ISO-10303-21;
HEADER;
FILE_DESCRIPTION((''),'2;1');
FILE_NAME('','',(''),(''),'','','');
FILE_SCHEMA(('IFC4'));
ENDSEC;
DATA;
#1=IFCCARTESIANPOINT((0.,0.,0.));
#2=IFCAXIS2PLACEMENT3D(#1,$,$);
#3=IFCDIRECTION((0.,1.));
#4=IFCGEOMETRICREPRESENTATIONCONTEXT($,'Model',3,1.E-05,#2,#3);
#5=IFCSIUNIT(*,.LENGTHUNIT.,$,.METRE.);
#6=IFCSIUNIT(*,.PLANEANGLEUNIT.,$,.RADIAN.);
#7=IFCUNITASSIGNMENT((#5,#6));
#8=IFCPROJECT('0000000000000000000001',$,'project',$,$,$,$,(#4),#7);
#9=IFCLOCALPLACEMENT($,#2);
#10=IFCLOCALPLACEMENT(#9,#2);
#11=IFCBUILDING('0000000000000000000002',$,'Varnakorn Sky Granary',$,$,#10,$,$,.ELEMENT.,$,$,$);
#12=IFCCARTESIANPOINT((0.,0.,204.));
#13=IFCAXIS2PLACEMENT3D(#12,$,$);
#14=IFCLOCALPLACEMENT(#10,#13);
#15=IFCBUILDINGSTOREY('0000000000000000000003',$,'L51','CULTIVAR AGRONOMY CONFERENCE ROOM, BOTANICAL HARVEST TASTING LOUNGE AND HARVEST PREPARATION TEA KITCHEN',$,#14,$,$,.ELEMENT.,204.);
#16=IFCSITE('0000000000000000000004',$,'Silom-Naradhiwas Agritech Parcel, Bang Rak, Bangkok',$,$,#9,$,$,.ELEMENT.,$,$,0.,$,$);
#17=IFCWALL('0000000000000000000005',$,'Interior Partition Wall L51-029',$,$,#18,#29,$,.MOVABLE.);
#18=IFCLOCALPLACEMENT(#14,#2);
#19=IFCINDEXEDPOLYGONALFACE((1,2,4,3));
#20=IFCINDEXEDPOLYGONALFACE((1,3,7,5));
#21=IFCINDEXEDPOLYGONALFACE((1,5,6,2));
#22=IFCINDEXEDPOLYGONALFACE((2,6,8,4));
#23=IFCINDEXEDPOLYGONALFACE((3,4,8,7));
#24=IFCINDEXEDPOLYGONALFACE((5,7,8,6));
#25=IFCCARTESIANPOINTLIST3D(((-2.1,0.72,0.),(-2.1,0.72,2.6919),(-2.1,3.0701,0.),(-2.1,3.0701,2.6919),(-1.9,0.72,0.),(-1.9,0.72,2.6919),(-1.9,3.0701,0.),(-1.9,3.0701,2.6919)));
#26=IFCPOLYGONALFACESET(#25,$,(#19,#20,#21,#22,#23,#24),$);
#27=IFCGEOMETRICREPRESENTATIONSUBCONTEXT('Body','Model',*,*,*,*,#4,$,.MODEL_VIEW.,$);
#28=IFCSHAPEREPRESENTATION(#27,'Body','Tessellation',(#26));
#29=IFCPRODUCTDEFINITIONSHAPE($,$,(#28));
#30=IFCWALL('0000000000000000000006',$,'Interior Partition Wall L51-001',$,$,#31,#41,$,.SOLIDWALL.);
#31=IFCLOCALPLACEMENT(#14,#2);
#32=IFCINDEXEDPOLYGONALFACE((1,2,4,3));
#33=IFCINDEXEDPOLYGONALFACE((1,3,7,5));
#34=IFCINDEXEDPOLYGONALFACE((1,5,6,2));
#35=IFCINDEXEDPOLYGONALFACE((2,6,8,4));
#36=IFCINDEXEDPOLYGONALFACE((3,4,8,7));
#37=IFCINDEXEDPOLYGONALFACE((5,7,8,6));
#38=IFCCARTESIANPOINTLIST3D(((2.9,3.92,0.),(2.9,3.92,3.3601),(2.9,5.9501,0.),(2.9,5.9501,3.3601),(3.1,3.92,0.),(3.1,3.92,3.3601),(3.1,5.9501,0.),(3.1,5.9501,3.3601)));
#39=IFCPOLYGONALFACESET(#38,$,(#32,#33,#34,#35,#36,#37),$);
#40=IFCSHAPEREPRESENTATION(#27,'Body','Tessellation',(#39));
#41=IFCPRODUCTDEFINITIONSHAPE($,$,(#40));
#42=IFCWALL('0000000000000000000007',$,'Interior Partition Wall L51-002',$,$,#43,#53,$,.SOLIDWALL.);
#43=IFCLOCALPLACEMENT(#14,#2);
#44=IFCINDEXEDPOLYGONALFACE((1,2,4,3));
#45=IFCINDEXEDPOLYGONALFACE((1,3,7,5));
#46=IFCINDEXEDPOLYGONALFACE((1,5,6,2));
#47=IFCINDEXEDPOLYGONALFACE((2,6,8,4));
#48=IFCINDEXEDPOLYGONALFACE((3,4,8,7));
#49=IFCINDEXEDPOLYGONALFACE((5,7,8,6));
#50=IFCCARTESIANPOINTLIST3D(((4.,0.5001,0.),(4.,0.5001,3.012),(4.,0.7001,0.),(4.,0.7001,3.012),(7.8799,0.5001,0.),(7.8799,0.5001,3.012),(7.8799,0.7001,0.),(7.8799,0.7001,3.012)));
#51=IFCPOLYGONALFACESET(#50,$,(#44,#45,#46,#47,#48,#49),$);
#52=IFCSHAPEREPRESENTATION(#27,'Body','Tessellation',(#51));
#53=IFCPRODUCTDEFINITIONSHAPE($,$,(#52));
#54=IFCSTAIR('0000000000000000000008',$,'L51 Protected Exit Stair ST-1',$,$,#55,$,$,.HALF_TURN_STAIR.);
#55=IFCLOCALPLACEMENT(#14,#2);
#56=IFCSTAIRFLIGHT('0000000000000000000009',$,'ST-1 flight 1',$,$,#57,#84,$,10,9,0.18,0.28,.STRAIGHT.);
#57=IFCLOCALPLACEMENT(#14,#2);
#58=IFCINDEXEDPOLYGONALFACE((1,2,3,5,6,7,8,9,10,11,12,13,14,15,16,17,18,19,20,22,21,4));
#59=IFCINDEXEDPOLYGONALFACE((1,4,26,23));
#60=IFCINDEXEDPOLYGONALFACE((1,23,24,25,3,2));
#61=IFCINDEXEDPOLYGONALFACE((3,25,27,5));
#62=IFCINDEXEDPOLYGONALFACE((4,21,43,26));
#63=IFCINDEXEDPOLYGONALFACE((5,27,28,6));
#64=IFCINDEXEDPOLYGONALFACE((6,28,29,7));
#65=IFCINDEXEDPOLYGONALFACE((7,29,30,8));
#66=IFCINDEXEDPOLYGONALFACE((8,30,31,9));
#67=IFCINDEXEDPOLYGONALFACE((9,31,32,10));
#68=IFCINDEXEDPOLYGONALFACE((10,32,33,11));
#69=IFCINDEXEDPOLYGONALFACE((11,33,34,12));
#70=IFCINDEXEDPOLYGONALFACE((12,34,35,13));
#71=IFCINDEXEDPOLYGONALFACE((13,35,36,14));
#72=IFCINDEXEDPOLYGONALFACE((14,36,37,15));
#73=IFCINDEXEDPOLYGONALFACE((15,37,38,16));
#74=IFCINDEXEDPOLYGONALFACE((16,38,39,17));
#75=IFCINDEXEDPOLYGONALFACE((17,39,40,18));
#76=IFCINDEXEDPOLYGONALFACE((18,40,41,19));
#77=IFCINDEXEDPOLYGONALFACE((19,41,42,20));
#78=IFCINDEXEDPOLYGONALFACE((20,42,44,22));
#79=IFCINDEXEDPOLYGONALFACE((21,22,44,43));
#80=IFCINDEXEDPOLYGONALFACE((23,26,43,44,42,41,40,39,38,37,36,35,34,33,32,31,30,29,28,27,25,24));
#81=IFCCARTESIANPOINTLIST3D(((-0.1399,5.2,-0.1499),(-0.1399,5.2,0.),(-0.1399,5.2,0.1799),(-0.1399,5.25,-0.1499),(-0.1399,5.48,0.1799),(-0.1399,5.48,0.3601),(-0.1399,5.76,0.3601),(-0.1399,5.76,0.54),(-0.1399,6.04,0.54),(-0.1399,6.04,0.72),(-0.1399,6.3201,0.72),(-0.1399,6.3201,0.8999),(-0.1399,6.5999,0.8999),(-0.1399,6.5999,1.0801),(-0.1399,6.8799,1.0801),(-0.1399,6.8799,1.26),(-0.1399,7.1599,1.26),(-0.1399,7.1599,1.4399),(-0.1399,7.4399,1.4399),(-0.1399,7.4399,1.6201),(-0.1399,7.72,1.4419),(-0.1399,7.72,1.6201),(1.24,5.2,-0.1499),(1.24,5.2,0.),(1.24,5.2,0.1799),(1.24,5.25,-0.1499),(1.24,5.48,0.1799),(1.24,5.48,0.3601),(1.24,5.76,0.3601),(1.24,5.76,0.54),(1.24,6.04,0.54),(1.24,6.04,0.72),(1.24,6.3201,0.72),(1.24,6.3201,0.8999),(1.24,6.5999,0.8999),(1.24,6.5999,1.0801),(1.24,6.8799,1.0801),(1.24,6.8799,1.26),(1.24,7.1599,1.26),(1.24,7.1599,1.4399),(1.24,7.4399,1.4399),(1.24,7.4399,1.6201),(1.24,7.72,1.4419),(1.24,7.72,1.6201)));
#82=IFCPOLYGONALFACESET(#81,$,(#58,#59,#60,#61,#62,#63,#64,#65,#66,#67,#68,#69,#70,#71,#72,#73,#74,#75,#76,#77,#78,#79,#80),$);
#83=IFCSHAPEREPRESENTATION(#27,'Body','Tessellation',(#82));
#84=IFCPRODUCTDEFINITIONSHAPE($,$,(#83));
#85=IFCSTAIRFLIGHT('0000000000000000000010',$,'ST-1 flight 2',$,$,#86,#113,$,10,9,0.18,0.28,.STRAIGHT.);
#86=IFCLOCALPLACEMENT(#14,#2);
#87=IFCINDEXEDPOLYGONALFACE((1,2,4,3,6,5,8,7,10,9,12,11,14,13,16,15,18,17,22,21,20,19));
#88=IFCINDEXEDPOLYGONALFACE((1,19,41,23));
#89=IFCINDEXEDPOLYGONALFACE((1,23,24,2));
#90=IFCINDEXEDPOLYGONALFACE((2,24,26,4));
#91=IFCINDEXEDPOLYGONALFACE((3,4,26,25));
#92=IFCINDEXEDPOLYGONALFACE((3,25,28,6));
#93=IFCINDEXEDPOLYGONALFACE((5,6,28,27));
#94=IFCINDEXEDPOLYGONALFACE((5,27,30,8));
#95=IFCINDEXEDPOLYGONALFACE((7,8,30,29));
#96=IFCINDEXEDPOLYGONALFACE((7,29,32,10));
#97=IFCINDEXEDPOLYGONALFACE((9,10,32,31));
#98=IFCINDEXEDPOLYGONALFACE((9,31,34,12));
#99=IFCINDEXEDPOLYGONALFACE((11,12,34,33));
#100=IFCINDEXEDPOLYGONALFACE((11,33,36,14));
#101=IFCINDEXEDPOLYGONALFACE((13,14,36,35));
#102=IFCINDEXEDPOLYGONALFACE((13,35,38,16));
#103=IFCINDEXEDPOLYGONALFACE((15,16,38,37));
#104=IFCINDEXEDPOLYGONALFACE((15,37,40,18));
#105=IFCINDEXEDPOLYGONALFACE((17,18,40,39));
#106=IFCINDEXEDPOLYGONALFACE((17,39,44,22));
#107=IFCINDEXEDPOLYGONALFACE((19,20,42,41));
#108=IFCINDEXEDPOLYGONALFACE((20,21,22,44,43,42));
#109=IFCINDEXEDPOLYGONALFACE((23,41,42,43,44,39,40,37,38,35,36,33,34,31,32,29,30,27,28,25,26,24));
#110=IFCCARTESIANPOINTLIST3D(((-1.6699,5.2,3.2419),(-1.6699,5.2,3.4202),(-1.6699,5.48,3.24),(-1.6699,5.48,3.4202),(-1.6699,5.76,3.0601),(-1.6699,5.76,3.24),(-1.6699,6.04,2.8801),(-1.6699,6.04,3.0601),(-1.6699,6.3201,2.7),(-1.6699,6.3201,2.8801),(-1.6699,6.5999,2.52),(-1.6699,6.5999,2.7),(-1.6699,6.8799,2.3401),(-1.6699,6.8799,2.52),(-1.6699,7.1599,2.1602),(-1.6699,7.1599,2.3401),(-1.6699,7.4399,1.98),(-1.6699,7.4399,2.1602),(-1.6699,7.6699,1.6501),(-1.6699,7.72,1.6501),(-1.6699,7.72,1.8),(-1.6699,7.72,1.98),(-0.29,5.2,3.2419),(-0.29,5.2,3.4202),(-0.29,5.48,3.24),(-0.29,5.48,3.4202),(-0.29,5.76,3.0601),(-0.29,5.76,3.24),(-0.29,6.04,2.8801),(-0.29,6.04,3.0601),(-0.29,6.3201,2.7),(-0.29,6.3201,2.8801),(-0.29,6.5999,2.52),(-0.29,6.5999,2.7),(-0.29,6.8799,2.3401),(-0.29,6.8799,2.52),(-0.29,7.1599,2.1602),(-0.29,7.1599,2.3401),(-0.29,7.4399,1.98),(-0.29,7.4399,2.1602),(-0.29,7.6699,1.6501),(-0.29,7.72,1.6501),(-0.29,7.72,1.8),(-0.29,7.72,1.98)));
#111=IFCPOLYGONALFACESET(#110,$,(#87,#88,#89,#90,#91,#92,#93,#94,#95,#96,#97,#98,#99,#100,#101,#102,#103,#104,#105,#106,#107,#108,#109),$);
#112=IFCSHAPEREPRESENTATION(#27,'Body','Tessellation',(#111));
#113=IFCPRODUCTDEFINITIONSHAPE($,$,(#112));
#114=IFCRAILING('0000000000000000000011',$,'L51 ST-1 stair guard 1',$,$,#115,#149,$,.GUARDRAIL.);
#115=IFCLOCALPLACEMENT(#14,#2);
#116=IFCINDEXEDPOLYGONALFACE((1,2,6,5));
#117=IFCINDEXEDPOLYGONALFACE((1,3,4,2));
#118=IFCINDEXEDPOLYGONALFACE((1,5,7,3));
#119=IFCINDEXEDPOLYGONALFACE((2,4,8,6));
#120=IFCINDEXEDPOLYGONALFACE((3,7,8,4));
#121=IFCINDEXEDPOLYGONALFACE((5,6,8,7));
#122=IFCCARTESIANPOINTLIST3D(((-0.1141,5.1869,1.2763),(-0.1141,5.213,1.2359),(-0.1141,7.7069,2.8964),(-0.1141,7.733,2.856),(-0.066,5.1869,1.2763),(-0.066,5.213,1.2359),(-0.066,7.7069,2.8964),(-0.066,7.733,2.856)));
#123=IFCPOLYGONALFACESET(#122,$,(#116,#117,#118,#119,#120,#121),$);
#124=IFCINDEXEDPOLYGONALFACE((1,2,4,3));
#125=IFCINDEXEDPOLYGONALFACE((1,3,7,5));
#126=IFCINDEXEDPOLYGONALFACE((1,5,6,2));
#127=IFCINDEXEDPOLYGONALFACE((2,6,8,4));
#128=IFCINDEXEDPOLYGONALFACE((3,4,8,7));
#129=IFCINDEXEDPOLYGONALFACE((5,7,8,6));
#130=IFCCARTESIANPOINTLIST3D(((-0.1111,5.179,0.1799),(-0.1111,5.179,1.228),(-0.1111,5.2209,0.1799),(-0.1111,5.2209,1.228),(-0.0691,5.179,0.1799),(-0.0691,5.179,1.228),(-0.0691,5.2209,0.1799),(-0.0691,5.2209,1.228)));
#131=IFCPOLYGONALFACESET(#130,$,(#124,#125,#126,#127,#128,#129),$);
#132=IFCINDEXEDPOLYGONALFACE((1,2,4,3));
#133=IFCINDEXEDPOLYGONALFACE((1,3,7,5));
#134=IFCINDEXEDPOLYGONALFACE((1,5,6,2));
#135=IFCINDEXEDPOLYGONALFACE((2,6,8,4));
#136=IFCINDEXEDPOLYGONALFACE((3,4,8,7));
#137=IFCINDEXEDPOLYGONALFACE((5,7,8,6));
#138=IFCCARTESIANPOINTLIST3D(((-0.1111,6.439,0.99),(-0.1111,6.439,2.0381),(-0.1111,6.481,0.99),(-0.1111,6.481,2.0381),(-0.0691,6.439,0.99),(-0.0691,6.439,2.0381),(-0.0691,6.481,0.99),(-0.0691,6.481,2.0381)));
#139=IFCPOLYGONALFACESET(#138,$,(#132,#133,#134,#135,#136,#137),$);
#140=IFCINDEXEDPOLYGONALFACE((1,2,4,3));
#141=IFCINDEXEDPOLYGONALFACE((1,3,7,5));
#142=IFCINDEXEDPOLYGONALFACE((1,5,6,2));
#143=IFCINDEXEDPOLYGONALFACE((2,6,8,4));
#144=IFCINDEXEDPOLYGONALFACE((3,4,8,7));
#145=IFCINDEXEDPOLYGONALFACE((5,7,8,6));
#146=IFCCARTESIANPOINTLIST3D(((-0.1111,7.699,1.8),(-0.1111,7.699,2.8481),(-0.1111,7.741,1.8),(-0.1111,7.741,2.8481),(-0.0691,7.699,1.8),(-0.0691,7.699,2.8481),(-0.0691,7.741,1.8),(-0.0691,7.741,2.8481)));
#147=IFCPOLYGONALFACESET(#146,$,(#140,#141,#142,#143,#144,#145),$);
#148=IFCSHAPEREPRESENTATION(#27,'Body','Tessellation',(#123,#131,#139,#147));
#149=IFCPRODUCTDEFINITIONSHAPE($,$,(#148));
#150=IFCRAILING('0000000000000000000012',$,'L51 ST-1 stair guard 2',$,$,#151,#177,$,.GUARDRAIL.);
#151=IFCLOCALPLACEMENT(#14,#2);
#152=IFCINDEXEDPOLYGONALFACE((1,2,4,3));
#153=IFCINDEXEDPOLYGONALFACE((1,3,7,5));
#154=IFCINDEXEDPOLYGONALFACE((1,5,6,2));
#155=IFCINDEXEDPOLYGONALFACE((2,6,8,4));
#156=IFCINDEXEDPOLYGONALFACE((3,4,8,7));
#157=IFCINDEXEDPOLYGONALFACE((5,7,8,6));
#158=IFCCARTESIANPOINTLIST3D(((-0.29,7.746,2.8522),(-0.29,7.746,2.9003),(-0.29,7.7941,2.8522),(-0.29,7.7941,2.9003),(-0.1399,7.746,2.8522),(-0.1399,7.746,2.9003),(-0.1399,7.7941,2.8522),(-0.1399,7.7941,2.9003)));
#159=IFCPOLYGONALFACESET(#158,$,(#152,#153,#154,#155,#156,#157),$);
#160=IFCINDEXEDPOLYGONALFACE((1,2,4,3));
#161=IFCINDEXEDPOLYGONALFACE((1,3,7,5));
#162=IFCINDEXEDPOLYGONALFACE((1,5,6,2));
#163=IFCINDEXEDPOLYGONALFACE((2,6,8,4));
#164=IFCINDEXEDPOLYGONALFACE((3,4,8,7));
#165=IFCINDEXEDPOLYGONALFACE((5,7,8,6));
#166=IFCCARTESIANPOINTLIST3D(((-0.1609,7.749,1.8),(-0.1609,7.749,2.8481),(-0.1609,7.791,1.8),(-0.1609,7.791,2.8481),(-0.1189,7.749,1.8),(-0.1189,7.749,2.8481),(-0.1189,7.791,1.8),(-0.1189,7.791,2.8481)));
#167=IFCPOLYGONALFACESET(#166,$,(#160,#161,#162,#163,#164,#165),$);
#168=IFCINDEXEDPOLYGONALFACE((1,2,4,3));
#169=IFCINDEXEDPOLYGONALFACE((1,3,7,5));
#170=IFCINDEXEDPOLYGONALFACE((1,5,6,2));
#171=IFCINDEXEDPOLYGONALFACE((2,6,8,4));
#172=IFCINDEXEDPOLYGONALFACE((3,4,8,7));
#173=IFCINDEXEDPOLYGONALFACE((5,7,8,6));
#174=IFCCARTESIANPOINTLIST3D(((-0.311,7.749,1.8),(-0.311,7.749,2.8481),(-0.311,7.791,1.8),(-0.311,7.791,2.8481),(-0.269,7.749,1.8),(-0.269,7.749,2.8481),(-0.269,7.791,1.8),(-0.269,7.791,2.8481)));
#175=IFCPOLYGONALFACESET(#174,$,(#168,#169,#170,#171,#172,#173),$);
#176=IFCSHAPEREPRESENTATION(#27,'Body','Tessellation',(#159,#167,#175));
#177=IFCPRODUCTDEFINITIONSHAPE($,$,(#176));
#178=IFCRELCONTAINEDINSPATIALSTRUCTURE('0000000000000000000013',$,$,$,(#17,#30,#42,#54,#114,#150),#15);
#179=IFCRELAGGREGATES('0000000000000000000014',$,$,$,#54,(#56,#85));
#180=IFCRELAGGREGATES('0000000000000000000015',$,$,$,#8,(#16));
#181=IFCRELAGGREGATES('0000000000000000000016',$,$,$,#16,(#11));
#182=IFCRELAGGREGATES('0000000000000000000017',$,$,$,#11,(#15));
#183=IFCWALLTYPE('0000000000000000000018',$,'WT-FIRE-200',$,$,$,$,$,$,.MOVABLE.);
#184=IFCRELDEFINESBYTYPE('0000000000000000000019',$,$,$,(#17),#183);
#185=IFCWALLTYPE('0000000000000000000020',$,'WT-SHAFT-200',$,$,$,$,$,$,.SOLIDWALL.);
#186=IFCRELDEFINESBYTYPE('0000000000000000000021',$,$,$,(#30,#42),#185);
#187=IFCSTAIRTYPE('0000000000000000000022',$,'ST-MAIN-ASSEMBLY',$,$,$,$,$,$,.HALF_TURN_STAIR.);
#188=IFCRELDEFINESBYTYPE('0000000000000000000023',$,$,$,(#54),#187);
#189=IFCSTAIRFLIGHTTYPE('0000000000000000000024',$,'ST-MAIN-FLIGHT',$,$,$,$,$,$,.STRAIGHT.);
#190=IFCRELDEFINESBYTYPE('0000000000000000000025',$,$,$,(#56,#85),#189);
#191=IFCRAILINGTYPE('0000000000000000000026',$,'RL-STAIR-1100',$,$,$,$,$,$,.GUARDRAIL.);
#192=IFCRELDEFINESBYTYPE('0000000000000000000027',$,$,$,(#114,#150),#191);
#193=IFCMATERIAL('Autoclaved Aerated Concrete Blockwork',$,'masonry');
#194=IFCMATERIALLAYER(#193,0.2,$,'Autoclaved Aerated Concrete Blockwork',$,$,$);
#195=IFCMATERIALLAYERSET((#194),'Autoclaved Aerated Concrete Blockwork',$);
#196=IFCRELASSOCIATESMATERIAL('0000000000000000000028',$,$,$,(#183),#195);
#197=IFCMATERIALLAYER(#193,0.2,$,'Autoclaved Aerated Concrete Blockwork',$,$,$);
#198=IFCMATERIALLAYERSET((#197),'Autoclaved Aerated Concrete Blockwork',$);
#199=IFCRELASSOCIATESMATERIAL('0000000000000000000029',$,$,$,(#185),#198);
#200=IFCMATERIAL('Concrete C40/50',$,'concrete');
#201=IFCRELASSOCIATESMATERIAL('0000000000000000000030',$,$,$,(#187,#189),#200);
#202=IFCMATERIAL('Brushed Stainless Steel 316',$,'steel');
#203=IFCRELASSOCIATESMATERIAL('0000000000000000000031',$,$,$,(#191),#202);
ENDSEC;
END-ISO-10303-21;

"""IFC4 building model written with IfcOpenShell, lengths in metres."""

from ifc_helpers import new_model, si_unit, direction, frame, frame_2d, origin, origin_2d, place, context, subcontext, project, spatial, polyline, rectangle, outline, extrude, material, layer, layer_set, type_object, element, aggregate, save


model = new_model("IFC4")

# Units and contexts
model_context = context("Model", 3, precision=1e-05, world=origin(), true_north=direction((0.0, 1.0)))
body_context = subcontext(model_context, "Body", "Model", "MODEL_VIEW")
ifc_project = project(units=[si_unit("LENGTHUNIT", "METRE"), si_unit("PLANEANGLEUNIT", "RADIAN")], contexts=[model_context])

# Site, building, storey
site_placement = place(None, origin())
site = spatial("IfcSite", under=ifc_project, at=site_placement, Name="Silom-Naradhiwas Agritech Parcel, Bang Rak, Bangkok", CompositionType="ELEMENT", RefElevation=0.0)
building_placement = place(site_placement, origin())
building = spatial("IfcBuilding", under=site, at=building_placement, Name="Varnakorn Sky Granary", CompositionType="ELEMENT")
storey_placement = place(building_placement, frame((0.0, 0.0, 204.0)))
storey = spatial("IfcBuildingStorey", under=building, at=storey_placement, Name="L51", Description="CULTIVAR AGRONOMY CONFERENCE ROOM, BOTANICAL HARVEST TASTING LOUNGE AND HARVEST PREPARATION TEA KITCHEN", CompositionType="ELEMENT", Elevation=204.0)

# Shared definitions
ifc_material_1 = material(Name="Autoclaved Aerated Concrete Blockwork", Category="masonry")
ifc_layer_1 = layer(ifc_material_1, 0.2, Name="Autoclaved Aerated Concrete Blockwork")
ifc_layer_set_1 = layer_set([ifc_layer_1], Name="Autoclaved Aerated Concrete Blockwork")
wall_type_1 = type_object("IfcWallType", Name="WT-FIRE-200", PredefinedType="MOVABLE", material=ifc_layer_set_1)

# Walls
wall_1_placement = place(storey_placement, frame((-2.0, 0.72, 0.0), z_axis=(0.0, 0.0, 1.0), x_axis=(0.0, 1.0, 0.0)))
element("IfcWall", 1, at=wall_1_placement, inside=storey, type_object=wall_type_1, Name="Interior Partition Wall L51-029", PredefinedType="MOVABLE", context=body_context, shape_type="SweptSolid", body=[
    extrude(rectangle(XDim=2.3501, YDim=0.2, at=frame_2d((1.175, 0.0))), origin(), (0.0, 0.0, 1.0), 2.6919),
])
ifc_layer_2 = layer(ifc_material_1, 0.2, Name="Autoclaved Aerated Concrete Blockwork")
ifc_layer_set_2 = layer_set([ifc_layer_2], Name="Autoclaved Aerated Concrete Blockwork")
wall_type_2 = type_object("IfcWallType", Name="WT-SHAFT-200", PredefinedType="SOLIDWALL", material=ifc_layer_set_2)
wall_2_placement = place(storey_placement, frame((3.0, 3.9199, 0.0), z_axis=(0.0, 0.0, 1.0), x_axis=(0.0, 1.0, 0.0)))
element("IfcWall", 2, at=wall_2_placement, inside=storey, type_object=wall_type_2, Name="Interior Partition Wall L51-001", PredefinedType="SOLIDWALL", context=body_context, shape_type="SweptSolid", body=[
    extrude(rectangle(XDim=2.03, YDim=0.2, at=frame_2d((1.0151, 0.0))), origin(), (0.0, 0.0, 1.0), 3.3601),
])
wall_3_placement = place(storey_placement, frame((4.0, 0.6001, 0.0), z_axis=(0.0, 0.0, 1.0), x_axis=(1.0, 0.0, 0.0)))
element("IfcWall", 3, at=wall_3_placement, inside=storey, type_object=wall_type_2, Name="Interior Partition Wall L51-002", PredefinedType="SOLIDWALL", context=body_context, shape_type="SweptSolid", body=[
    extrude(rectangle(XDim=3.8799, YDim=0.2, at=frame_2d((1.9399, 0.0))), origin(), (0.0, 0.0, 1.0), 3.012),
])

# Stair, stair flights
ifc_material_2 = material(Name="Concrete C40/50", Category="concrete")
stair_type = type_object("IfcStairType", Name="ST-MAIN-ASSEMBLY", PredefinedType="HALF_TURN_STAIR", material=ifc_material_2)
stair_placement = place(storey_placement, origin())
stair = element("IfcStair", 4, at=stair_placement, inside=storey, type_object=stair_type, Name="L51 Protected Exit Stair ST-1", PredefinedType="HALF_TURN_STAIR")
stair_flight_type = type_object("IfcStairFlightType", Name="ST-MAIN-FLIGHT", PredefinedType="STRAIGHT", material=ifc_material_2)
stair_flight_1_placement = place(storey_placement, frame((0.55, 5.2, 0.0), z_axis=(0.0, 0.0, 1.0), x_axis=(0.0, 1.0, 0.0)))
stair_flight_1 = element("IfcStairFlight", 5, at=stair_flight_1_placement, type_object=stair_flight_type, Name="ST-1 flight 1", NumberOfRisers=10, NumberOfTreads=9, PredefinedType="STRAIGHT", RiserHeight=0.18, TreadLength=0.28, context=body_context, shape_type="SweptSolid", body=[
    extrude(outline(polyline([(0.0, -0.1499), (0.0, 0.0), (0.0, 0.1799), (0.28, 0.1799), (0.28, 0.3601), (0.5601, 0.3601), (0.5601, 0.54), (0.8401, 0.54), (0.8401, 0.72), (1.1201, 0.72), (1.1201, 0.8999), (1.3999, 0.8999), (1.3999, 1.0801), (1.6799, 1.0801), (1.6799, 1.26), (1.96, 1.26), (1.96, 1.4399), (2.24, 1.4399), (2.24, 1.6201), (2.52, 1.6201), (2.52, 1.8), (2.52, 1.4419), (0.05, -0.1499), (0.0, -0.1499)])), frame((0.0, 0.6899, 0.0), z_axis=(0.0, -1.0, 0.0), x_axis=(1.0, 0.0, 0.0)), (0.0, 0.0, 1.0), 1.3799),
])
stair_flight_2_placement = place(storey_placement, frame((-0.98, 7.72, 1.8), z_axis=(0.0, 0.0, 1.0), x_axis=(0.0, -1.0, 0.0)))
stair_flight_2 = element("IfcStairFlight", 6, at=stair_flight_2_placement, type_object=stair_flight_type, Name="ST-1 flight 2", NumberOfRisers=10, NumberOfTreads=9, PredefinedType="STRAIGHT", RiserHeight=0.18, TreadLength=0.28, context=body_context, shape_type="SweptSolid", body=[
    extrude(outline(polyline([(0.0, -0.1499), (0.0, 0.0), (0.0, 0.1799), (0.28, 0.1799), (0.28, 0.3601), (0.5601, 0.3601), (0.5601, 0.54), (0.8401, 0.54), (0.8401, 0.72), (1.1201, 0.72), (1.1201, 0.8999), (1.3999, 0.8999), (1.3999, 1.0801), (1.6799, 1.0801), (1.6799, 1.26), (1.96, 1.26), (1.96, 1.4399), (2.24, 1.4399), (2.24, 1.6201), (2.52, 1.6201), (2.52, 1.8), (2.52, 1.4419), (0.05, -0.1499), (0.0, -0.1499)])), frame((0.0, 0.6899, 0.0), z_axis=(0.0, -1.0, 0.0), x_axis=(1.0, 0.0, 0.0)), (0.0, 0.0, 1.0), 1.3799),
])
aggregate(stair, [stair_flight_1, stair_flight_2])

# Railings
ifc_material_3 = material(Name="Brushed Stainless Steel 316", Category="steel")
railing_type_1 = type_object("IfcRailingType", Name="RL-STAIR-1100", PredefinedType="GUARDRAIL", material=ifc_material_3)
railing_1_placement = place(storey_placement, frame((-0.0901, 5.2, 0.1799)))
element("IfcRailing", 7, at=railing_1_placement, inside=storey, type_object=railing_type_1, Name="L51 ST-1 stair guard 1", PredefinedType="GUARDRAIL", context=body_context, shape_type="SweptSolid", body=[
    extrude(rectangle(XDim=0.0481, YDim=0.0481, at=origin_2d()), frame((0.0, 0.0, 1.0762), z_axis=(0.0, 0.841163, 0.540782), x_axis=(-1.0, 0.0, 0.0)), (0.0, 0.0, 1.0), 2.9958),
    extrude(rectangle(XDim=0.042, YDim=0.042, at=origin_2d()), origin(), (0.0, 0.0, 1.0), 1.0481),
    extrude(rectangle(XDim=0.042, YDim=0.042, at=origin_2d()), frame((0.0, 1.26, 0.8101)), (0.0, 0.0, 1.0), 1.0481),
    extrude(rectangle(XDim=0.042, YDim=0.042, at=origin_2d()), frame((0.0, 2.52, 1.6201)), (0.0, 0.0, 1.0), 1.0481),
])
railing_2_placement = place(storey_placement, frame((-0.1399, 7.77, 1.8)))
element("IfcRailing", 8, at=railing_2_placement, inside=storey, type_object=railing_type_1, Name="L51 ST-1 stair guard 2", PredefinedType="GUARDRAIL", context=body_context, shape_type="SweptSolid", body=[
    extrude(rectangle(XDim=0.0481, YDim=0.0481, at=origin_2d()), frame((0.0, 0.0, 1.0762), z_axis=(-1.0, 0.0, 0.0), x_axis=(0.0, -1.0, 0.0)), (0.0, 0.0, 1.0), 0.1501),
    extrude(rectangle(XDim=0.042, YDim=0.042, at=origin_2d()), origin(), (0.0, 0.0, 1.0), 1.0481),
    extrude(rectangle(XDim=0.042, YDim=0.042, at=origin_2d()), frame((-0.1501, 0.0, 0.0)), (0.0, 0.0, 1.0), 1.0481),
])

save(model, "model.ifc")
